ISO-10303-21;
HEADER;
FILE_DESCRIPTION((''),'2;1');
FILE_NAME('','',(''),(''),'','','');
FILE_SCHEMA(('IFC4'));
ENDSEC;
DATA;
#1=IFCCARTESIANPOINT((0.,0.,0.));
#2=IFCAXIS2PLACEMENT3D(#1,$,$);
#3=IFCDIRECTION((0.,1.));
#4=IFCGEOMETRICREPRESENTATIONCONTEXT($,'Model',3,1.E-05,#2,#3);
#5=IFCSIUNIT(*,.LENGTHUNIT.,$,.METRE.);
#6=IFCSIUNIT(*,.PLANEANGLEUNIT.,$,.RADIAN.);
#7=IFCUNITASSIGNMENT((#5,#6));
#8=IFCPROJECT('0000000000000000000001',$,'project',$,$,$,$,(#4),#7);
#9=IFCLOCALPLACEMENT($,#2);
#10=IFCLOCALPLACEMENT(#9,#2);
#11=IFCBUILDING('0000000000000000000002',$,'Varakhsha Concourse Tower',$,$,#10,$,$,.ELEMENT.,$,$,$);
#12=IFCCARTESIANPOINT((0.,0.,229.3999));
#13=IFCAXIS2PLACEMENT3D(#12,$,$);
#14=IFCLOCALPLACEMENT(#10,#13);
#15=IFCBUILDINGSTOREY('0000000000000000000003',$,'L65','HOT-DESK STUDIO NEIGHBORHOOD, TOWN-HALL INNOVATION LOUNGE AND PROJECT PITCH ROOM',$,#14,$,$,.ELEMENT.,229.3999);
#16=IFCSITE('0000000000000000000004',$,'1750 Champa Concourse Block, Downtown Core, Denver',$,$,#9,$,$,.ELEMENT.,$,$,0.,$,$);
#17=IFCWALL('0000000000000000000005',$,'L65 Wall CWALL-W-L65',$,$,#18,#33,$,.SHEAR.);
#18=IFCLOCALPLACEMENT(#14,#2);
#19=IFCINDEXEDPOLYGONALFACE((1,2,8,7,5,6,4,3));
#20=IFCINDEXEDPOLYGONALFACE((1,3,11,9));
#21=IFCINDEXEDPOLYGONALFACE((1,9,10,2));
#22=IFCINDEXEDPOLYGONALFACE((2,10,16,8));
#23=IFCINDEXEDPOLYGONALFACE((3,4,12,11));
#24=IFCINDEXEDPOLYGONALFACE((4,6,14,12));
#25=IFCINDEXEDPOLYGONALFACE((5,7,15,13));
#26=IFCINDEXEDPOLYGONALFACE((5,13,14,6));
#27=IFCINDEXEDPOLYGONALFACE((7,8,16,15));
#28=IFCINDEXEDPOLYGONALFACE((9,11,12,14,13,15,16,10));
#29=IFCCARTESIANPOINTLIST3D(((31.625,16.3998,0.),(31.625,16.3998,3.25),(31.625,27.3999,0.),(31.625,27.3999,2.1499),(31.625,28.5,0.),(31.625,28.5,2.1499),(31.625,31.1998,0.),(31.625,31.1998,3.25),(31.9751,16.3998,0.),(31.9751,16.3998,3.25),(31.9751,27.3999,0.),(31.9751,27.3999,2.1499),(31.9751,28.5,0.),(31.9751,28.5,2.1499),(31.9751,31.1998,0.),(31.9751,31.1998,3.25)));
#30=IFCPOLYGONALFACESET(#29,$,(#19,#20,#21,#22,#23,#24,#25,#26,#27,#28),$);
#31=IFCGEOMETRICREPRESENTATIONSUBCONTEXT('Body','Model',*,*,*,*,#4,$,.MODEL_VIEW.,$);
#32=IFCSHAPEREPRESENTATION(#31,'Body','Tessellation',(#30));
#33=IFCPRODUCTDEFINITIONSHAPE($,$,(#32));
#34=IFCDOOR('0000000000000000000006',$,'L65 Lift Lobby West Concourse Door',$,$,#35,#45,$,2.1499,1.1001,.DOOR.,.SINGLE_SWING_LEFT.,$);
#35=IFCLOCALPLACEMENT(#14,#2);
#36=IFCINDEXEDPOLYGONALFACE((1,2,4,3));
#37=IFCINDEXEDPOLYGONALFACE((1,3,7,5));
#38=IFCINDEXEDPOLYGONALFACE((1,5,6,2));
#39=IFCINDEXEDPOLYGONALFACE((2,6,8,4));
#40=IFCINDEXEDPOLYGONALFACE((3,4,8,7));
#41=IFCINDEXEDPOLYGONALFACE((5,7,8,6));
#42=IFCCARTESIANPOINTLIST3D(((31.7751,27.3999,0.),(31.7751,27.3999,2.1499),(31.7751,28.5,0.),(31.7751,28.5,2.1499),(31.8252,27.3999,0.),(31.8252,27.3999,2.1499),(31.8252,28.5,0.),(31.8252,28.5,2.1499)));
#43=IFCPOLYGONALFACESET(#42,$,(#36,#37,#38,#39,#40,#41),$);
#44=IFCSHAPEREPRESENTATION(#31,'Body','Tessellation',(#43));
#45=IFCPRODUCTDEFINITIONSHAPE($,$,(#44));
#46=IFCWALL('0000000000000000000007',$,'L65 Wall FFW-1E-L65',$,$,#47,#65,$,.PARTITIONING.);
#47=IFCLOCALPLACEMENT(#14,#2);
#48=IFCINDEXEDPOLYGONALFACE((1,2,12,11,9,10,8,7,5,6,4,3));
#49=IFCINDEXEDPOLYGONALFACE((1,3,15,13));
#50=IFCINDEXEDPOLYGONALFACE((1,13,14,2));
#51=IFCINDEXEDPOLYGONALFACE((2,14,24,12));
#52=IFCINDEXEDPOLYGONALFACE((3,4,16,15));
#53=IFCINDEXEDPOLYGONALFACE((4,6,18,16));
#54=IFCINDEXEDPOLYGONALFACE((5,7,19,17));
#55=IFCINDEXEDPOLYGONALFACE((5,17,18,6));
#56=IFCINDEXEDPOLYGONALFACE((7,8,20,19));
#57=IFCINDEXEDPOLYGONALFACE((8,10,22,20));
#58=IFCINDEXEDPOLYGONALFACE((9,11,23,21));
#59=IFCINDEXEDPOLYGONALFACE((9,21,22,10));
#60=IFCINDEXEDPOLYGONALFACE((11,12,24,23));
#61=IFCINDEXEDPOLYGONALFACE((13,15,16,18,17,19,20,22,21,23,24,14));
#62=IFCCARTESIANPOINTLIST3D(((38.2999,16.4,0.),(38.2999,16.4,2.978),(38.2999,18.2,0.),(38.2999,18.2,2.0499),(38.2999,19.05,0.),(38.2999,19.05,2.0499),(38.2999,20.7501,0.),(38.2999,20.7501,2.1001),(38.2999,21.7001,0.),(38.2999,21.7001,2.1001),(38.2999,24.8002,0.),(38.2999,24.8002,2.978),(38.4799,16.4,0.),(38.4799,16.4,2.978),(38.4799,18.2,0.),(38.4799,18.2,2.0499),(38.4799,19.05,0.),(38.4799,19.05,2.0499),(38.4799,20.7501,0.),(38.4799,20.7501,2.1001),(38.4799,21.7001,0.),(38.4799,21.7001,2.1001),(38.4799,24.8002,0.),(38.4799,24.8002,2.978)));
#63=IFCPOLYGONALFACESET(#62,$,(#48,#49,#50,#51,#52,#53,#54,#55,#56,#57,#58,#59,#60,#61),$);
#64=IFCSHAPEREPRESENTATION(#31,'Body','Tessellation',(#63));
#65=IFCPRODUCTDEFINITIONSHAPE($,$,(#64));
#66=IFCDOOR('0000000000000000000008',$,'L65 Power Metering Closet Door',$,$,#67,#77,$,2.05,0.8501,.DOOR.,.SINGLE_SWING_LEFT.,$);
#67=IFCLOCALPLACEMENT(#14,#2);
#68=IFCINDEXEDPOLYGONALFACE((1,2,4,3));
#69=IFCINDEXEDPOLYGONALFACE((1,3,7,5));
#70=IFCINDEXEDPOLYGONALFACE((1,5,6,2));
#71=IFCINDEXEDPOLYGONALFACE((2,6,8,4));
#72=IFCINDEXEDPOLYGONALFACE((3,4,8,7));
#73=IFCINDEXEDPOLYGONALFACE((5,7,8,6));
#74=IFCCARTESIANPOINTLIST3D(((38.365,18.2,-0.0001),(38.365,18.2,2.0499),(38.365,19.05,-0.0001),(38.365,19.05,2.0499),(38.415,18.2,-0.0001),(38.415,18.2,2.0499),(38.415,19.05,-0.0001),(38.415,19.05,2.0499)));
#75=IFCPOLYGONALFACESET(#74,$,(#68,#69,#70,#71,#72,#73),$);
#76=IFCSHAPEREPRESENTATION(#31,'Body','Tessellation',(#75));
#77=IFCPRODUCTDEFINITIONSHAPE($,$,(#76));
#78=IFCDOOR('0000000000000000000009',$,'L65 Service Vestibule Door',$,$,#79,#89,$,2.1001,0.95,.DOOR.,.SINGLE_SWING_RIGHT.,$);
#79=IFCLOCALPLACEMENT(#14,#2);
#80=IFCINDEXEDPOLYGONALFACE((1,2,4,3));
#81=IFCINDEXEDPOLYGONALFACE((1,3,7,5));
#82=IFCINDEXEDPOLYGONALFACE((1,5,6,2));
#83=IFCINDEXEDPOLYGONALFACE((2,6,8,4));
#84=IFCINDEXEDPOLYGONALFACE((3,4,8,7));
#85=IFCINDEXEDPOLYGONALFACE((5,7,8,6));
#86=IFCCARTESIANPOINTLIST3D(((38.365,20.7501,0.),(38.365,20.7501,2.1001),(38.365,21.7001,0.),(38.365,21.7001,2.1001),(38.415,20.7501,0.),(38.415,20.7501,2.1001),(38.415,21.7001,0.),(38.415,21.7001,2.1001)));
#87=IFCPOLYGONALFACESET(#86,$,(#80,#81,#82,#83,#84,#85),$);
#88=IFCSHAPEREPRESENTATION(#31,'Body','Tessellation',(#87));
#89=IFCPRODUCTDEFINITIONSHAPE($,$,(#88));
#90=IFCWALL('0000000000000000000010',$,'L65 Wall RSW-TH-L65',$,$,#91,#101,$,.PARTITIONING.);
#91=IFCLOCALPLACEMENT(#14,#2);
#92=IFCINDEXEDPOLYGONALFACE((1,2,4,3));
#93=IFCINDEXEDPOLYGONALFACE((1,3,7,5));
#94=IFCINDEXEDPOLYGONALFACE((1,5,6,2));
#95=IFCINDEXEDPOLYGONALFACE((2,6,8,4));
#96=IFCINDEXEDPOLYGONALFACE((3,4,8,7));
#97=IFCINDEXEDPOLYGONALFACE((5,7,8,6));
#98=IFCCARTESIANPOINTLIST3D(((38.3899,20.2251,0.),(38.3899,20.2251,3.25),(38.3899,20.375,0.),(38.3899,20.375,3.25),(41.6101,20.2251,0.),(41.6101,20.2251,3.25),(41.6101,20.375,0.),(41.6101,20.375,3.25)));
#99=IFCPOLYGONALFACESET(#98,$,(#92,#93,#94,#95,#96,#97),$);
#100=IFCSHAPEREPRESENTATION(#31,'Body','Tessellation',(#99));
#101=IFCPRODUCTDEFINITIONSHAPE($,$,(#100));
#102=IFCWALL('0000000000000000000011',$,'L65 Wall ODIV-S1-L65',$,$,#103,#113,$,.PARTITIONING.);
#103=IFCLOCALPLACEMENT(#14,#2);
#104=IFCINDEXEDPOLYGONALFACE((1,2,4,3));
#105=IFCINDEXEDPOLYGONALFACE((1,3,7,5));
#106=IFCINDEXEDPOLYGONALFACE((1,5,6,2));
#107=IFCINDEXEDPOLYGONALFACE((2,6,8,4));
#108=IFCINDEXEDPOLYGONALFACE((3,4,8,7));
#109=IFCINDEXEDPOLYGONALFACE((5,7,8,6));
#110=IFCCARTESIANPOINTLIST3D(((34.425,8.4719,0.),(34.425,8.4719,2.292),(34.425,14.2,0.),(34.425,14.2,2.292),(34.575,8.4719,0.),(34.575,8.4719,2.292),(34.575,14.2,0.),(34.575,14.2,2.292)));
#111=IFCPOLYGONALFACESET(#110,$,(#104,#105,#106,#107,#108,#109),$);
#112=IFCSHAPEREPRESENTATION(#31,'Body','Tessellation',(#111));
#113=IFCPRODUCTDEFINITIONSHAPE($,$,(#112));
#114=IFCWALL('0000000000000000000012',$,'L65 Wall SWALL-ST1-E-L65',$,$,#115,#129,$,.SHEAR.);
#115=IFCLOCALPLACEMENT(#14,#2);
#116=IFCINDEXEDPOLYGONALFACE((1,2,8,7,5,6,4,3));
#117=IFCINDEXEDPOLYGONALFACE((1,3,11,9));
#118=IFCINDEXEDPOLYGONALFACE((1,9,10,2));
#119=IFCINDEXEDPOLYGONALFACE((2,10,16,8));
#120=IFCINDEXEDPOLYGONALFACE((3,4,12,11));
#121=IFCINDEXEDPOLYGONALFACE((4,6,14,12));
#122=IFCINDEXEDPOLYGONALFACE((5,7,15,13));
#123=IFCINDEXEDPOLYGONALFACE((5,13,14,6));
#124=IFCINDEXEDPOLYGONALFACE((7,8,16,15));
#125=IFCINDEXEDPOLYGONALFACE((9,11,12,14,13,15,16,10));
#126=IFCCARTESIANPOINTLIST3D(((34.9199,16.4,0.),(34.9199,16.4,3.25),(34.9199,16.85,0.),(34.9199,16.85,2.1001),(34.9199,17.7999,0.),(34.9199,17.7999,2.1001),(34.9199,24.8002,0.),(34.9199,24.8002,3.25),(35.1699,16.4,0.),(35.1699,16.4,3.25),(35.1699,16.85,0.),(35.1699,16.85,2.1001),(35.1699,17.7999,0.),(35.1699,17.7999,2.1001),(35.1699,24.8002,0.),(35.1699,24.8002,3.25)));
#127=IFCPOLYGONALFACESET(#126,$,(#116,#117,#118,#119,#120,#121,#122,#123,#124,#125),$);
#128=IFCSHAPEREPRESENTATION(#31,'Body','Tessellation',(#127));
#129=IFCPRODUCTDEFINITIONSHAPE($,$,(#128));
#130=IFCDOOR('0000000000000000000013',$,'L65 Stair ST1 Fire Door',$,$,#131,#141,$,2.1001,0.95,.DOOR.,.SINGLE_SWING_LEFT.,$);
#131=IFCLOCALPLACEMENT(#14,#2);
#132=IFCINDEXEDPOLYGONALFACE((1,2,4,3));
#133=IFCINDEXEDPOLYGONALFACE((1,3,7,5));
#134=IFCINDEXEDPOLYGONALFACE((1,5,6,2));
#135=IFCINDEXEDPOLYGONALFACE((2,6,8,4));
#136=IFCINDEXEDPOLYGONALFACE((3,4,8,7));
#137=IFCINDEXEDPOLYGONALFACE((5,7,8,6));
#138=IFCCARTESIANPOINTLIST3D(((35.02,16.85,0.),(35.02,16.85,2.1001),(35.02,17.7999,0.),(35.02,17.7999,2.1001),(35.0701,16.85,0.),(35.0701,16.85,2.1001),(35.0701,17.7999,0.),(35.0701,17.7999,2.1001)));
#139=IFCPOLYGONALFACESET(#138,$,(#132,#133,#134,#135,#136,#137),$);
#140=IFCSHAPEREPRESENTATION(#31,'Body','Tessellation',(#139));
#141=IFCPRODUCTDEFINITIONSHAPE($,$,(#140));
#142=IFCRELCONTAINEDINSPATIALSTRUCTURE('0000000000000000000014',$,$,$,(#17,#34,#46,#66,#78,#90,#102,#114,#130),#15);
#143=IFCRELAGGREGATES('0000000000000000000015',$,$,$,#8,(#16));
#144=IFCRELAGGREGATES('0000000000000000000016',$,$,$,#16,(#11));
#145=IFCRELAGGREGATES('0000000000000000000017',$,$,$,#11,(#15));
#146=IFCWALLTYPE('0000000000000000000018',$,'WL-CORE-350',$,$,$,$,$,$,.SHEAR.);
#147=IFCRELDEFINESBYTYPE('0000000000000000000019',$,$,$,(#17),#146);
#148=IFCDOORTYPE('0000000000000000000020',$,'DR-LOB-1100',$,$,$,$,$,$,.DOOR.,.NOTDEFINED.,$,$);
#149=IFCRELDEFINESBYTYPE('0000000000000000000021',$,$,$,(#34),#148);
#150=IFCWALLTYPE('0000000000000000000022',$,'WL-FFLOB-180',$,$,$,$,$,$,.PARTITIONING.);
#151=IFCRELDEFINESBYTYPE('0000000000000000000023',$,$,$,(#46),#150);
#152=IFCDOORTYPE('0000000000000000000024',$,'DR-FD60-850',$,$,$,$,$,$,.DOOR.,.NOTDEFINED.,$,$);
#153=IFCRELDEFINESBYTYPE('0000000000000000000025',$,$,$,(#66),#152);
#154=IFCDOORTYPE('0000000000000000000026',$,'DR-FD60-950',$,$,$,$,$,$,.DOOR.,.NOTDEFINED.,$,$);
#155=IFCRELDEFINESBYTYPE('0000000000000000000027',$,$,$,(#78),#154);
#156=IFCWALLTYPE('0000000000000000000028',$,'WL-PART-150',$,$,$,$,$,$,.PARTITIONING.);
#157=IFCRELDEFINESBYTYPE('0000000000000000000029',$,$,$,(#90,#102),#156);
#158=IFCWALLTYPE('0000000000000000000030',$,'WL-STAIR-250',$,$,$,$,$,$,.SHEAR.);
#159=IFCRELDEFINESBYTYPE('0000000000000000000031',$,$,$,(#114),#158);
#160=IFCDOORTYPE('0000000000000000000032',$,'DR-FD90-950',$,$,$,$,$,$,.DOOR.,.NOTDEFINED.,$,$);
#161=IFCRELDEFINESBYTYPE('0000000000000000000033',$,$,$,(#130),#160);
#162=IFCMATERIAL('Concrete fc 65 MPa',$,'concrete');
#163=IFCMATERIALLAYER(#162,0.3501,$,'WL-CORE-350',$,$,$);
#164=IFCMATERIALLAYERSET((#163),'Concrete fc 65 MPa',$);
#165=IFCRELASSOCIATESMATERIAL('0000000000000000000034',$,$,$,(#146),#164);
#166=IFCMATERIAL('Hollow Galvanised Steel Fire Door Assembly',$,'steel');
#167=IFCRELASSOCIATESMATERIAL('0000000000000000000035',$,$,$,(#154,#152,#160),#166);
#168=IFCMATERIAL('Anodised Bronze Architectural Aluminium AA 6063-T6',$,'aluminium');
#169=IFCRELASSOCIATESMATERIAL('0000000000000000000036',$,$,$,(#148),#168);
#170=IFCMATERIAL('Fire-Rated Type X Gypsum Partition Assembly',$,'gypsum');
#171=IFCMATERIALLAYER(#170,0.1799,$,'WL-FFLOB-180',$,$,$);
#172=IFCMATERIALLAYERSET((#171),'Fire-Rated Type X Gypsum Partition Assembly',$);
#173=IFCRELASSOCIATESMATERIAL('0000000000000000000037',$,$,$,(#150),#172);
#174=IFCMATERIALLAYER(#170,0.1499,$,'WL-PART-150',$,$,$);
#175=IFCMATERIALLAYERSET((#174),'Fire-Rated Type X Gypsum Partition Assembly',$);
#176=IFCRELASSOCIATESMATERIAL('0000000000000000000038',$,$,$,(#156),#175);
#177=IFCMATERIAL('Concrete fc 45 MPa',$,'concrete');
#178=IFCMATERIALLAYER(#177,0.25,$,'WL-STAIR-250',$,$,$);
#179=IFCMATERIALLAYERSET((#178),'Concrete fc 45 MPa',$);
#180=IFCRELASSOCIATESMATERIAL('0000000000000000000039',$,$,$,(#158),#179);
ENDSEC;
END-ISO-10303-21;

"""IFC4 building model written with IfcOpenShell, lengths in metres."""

from ifc_helpers import new_model, si_unit, direction, frame, frame_2d, origin, place, context, subcontext, project, spatial, rectangle, extrude, material, layer, layer_set, type_object, element, fill, save


model = new_model("IFC4")

# Units and contexts
model_context = context("Model", 3, precision=1e-05, world=origin(), true_north=direction((0.0, 1.0)))
body_context = subcontext(model_context, "Body", "Model", "MODEL_VIEW")
ifc_project = project(units=[si_unit("LENGTHUNIT", "METRE"), si_unit("PLANEANGLEUNIT", "RADIAN")], contexts=[model_context])

# Site, building, storey
site_placement = place(None, origin())
site = spatial("IfcSite", under=ifc_project, at=site_placement, Name="1750 Champa Concourse Block, Downtown Core, Denver", CompositionType="ELEMENT", RefElevation=0.0)
building_placement = place(site_placement, origin())
building = spatial("IfcBuilding", under=site, at=building_placement, Name="Varakhsha Concourse Tower", CompositionType="ELEMENT")
storey_placement = place(building_placement, frame((0.0, 0.0, 229.3999)))
storey = spatial("IfcBuildingStorey", under=building, at=storey_placement, Name="L65", Description="HOT-DESK STUDIO NEIGHBORHOOD, TOWN-HALL INNOVATION LOUNGE AND PROJECT PITCH ROOM", CompositionType="ELEMENT", Elevation=229.3999)

# Shared definitions
ifc_material_1 = material(Name="Concrete fc 65 MPa", Category="concrete")

# Shared definitions
ifc_material_2 = material(Name="Anodised Bronze Architectural Aluminium AA 6063-T6", Category="aluminium")

# Shared definitions
ifc_layer_1 = layer(ifc_material_1, 0.3501, Name="WL-CORE-350")
ifc_layer_set_1 = layer_set([ifc_layer_1], Name="Concrete fc 65 MPa")
wall_type_1 = type_object("IfcWallType", Name="WL-CORE-350", PredefinedType="SHEAR", material=ifc_layer_set_1)
ifc_material_3 = material(Name="Hollow Galvanised Steel Fire Door Assembly", Category="steel")
door_type_1 = type_object("IfcDoorType", Name="DR-FD60-950", OperationType="NOTDEFINED", PredefinedType="DOOR", material=ifc_material_3)

# Wall, opening, door
wall_1_placement = place(storey_placement, frame((31.8, 16.3999, 0.0), z_axis=(0.0, 0.0, 1.0), x_axis=(0.0, 1.0, 0.0)))
wall_1 = element("IfcWall", 1, at=wall_1_placement, inside=storey, type_object=wall_type_1, Name="L65 Wall CWALL-W-L65", PredefinedType="SHEAR", context=body_context, shape_type="SweptSolid", body=[
    extrude(rectangle(XDim=14.8, YDim=0.3501, at=frame_2d((7.3999, 0.0))), origin(), (0.0, 0.0, 1.0), 3.25),
])
opening_1_placement = place(wall_1_placement, frame((11.0, 0.0, 0.0)))
opening_1 = element("IfcOpeningElement", 2, at=opening_1_placement, cuts=wall_1, PredefinedType="OPENING", context=body_context, shape_type="SweptSolid", body=[
    extrude(rectangle(XDim=1.1001, YDim=2.1499, at=frame_2d((0.55, 1.075))), frame((0.0, 0.1851, 0.0), z_axis=(0.0, -1.0, 0.0), x_axis=(1.0, 0.0, 0.0)), (0.0, 0.0, 1.0), 0.3701),
])
door_type_2 = type_object("IfcDoorType", Name="DR-LOB-1100", OperationType="NOTDEFINED", PredefinedType="DOOR", material=ifc_material_2)
door_1_placement = place(opening_1_placement, origin())
door_1 = element("IfcDoor", 3, at=door_1_placement, inside=storey, type_object=door_type_2, Name="L65 Lift Lobby West Concourse Door", OperationType="SINGLE_SWING_LEFT", OverallHeight=2.1499, OverallWidth=1.1001, PredefinedType="DOOR", context=body_context, shape_type="SweptSolid", body=[
    extrude(rectangle(XDim=1.1001, YDim=2.1499, at=frame_2d((0.55, 1.075))), frame((0.0, 0.0249, 0.0), z_axis=(0.0, -1.0, 0.0), x_axis=(1.0, 0.0, 0.0)), (0.0, 0.0, 1.0), 0.05),
])
fill(opening_1, door_1)

# Wall, openings, doors
ifc_material_4 = material(Name="Fire-Rated Type X Gypsum Partition Assembly", Category="gypsum")
ifc_layer_2 = layer(ifc_material_4, 0.1799, Name="WL-FFLOB-180")
ifc_layer_set_2 = layer_set([ifc_layer_2], Name="Fire-Rated Type X Gypsum Partition Assembly")
wall_type_2 = type_object("IfcWallType", Name="WL-FFLOB-180", PredefinedType="PARTITIONING", material=ifc_layer_set_2)
wall_2_placement = place(storey_placement, frame((38.3899, 16.3999, 0.0), z_axis=(0.0, 0.0, 1.0), x_axis=(0.0, 1.0, 0.0)))
wall_2 = element("IfcWall", 4, at=wall_2_placement, inside=storey, type_object=wall_type_2, Name="L65 Wall FFW-1E-L65", PredefinedType="PARTITIONING", context=body_context, shape_type="SweptSolid", body=[
    extrude(rectangle(XDim=8.4001, YDim=0.1799, at=frame_2d((4.2002, 0.0))), origin(), (0.0, 0.0, 1.0), 2.978),
])
opening_2_placement = place(wall_2_placement, frame((1.8, 0.0, 0.0)))
opening_2 = element("IfcOpeningElement", 5, at=opening_2_placement, cuts=wall_2, PredefinedType="OPENING", context=body_context, shape_type="SweptSolid", body=[
    extrude(rectangle(XDim=0.8501, YDim=2.05, at=frame_2d((0.425, 1.0249))), frame((0.0, 0.0999, 0.0), z_axis=(0.0, -1.0, 0.0), x_axis=(1.0, 0.0, 0.0)), (0.0, 0.0, 1.0), 0.2),
])
opening_3_placement = place(wall_2_placement, frame((4.3501, 0.0, 0.0)))
opening_3 = element("IfcOpeningElement", 6, at=opening_3_placement, cuts=wall_2, PredefinedType="OPENING", context=body_context, shape_type="SweptSolid", body=[
    extrude(rectangle(XDim=0.95, YDim=2.1001, at=frame_2d((0.4751, 1.05))), frame((0.0, 0.0999, 0.0), z_axis=(0.0, -1.0, 0.0), x_axis=(1.0, 0.0, 0.0)), (0.0, 0.0, 1.0), 0.2),
])
door_type_3 = type_object("IfcDoorType", Name="DR-FD60-850", OperationType="NOTDEFINED", PredefinedType="DOOR", material=ifc_material_3)
door_2_placement = place(opening_2_placement, origin())
door_2 = element("IfcDoor", 7, at=door_2_placement, inside=storey, type_object=door_type_3, Name="L65 Power Metering Closet Door", OperationType="SINGLE_SWING_LEFT", OverallHeight=2.05, OverallWidth=0.8501, PredefinedType="DOOR", context=body_context, shape_type="SweptSolid", body=[
    extrude(rectangle(XDim=0.8501, YDim=2.05, at=frame_2d((0.425, 1.0249))), frame((0.0, 0.0249, 0.0), z_axis=(0.0, -1.0, 0.0), x_axis=(1.0, 0.0, 0.0)), (0.0, 0.0, 1.0), 0.05),
])
fill(opening_2, door_2)
door_3_placement = place(opening_3_placement, origin())
door_3 = element("IfcDoor", 8, at=door_3_placement, inside=storey, type_object=door_type_1, Name="L65 Service Vestibule Door", OperationType="SINGLE_SWING_RIGHT", OverallHeight=2.1001, OverallWidth=0.95, PredefinedType="DOOR", context=body_context, shape_type="SweptSolid", body=[
    extrude(rectangle(XDim=0.95, YDim=2.1001, at=frame_2d((0.4751, 1.05))), frame((0.0, 0.0249, 0.0), z_axis=(0.0, -1.0, 0.0), x_axis=(1.0, 0.0, 0.0)), (0.0, 0.0, 1.0), 0.05),
])
fill(opening_3, door_3)

# Walls
ifc_layer_3 = layer(ifc_material_4, 0.1499, Name="WL-PART-150")
ifc_layer_set_3 = layer_set([ifc_layer_3], Name="Fire-Rated Type X Gypsum Partition Assembly")
wall_type_3 = type_object("IfcWallType", Name="WL-PART-150", PredefinedType="PARTITIONING", material=ifc_layer_set_3)
wall_3_placement = place(storey_placement, frame((38.3899, 20.3, 0.0), z_axis=(0.0, 0.0, 1.0), x_axis=(1.0, 0.0, 0.0)))
element("IfcWall", 9, at=wall_3_placement, inside=storey, type_object=wall_type_3, Name="L65 Wall RSW-TH-L65", PredefinedType="PARTITIONING", context=body_context, shape_type="SweptSolid", body=[
    extrude(rectangle(XDim=3.2202, YDim=0.1499, at=frame_2d((1.6101, 0.0))), origin(), (0.0, 0.0, 1.0), 3.25),
])
wall_4_placement = place(storey_placement, frame((34.5, 8.4719, 0.0), z_axis=(0.0, 0.0, 1.0), x_axis=(0.0, 1.0, 0.0)))
element("IfcWall", 10, at=wall_4_placement, inside=storey, type_object=wall_type_3, Name="L65 Wall ODIV-S1-L65", PredefinedType="PARTITIONING", context=body_context, shape_type="SweptSolid", body=[
    extrude(rectangle(XDim=5.728, YDim=0.1499, at=frame_2d((2.864, 0.0))), origin(), (0.0, 0.0, 1.0), 2.292),
])

# Wall, opening, door
ifc_material_5 = material(Name="Concrete fc 45 MPa", Category="concrete")
ifc_layer_4 = layer(ifc_material_5, 0.25, Name="WL-STAIR-250")
ifc_layer_set_4 = layer_set([ifc_layer_4], Name="Concrete fc 45 MPa")
wall_type_4 = type_object("IfcWallType", Name="WL-STAIR-250", PredefinedType="SHEAR", material=ifc_layer_set_4)
wall_5_placement = place(storey_placement, frame((35.0449, 16.3999, 0.0), z_axis=(0.0, 0.0, 1.0), x_axis=(0.0, 1.0, 0.0)))
wall_5 = element("IfcWall", 11, at=wall_5_placement, inside=storey, type_object=wall_type_4, Name="L65 Wall SWALL-ST1-E-L65", PredefinedType="SHEAR", context=body_context, shape_type="SweptSolid", body=[
    extrude(rectangle(XDim=8.4001, YDim=0.25, at=frame_2d((4.2002, 0.0))), origin(), (0.0, 0.0, 1.0), 3.25),
])
opening_4_placement = place(wall_5_placement, frame((0.45, 0.0, 0.0)))
opening_4 = element("IfcOpeningElement", 12, at=opening_4_placement, cuts=wall_5, PredefinedType="OPENING", context=body_context, shape_type="SweptSolid", body=[
    extrude(rectangle(XDim=0.95, YDim=2.1001, at=frame_2d((0.4751, 1.05))), frame((0.0, 0.135, 0.0), z_axis=(0.0, -1.0, 0.0), x_axis=(1.0, 0.0, 0.0)), (0.0, 0.0, 1.0), 0.27),
])
door_type_4 = type_object("IfcDoorType", Name="DR-FD90-950", OperationType="NOTDEFINED", PredefinedType="DOOR", material=ifc_material_3)
door_4_placement = place(opening_4_placement, origin())
door_4 = element("IfcDoor", 13, at=door_4_placement, inside=storey, type_object=door_type_4, Name="L65 Stair ST1 Fire Door", OperationType="SINGLE_SWING_LEFT", OverallHeight=2.1001, OverallWidth=0.95, PredefinedType="DOOR", context=body_context, shape_type="SweptSolid", body=[
    extrude(rectangle(XDim=0.95, YDim=2.1001, at=frame_2d((0.4751, 1.05))), frame((0.0, 0.0249, 0.0), z_axis=(0.0, -1.0, 0.0), x_axis=(1.0, 0.0, 0.0)), (0.0, 0.0, 1.0), 0.05),
])
fill(opening_4, door_4)

save(model, "model.ifc")
